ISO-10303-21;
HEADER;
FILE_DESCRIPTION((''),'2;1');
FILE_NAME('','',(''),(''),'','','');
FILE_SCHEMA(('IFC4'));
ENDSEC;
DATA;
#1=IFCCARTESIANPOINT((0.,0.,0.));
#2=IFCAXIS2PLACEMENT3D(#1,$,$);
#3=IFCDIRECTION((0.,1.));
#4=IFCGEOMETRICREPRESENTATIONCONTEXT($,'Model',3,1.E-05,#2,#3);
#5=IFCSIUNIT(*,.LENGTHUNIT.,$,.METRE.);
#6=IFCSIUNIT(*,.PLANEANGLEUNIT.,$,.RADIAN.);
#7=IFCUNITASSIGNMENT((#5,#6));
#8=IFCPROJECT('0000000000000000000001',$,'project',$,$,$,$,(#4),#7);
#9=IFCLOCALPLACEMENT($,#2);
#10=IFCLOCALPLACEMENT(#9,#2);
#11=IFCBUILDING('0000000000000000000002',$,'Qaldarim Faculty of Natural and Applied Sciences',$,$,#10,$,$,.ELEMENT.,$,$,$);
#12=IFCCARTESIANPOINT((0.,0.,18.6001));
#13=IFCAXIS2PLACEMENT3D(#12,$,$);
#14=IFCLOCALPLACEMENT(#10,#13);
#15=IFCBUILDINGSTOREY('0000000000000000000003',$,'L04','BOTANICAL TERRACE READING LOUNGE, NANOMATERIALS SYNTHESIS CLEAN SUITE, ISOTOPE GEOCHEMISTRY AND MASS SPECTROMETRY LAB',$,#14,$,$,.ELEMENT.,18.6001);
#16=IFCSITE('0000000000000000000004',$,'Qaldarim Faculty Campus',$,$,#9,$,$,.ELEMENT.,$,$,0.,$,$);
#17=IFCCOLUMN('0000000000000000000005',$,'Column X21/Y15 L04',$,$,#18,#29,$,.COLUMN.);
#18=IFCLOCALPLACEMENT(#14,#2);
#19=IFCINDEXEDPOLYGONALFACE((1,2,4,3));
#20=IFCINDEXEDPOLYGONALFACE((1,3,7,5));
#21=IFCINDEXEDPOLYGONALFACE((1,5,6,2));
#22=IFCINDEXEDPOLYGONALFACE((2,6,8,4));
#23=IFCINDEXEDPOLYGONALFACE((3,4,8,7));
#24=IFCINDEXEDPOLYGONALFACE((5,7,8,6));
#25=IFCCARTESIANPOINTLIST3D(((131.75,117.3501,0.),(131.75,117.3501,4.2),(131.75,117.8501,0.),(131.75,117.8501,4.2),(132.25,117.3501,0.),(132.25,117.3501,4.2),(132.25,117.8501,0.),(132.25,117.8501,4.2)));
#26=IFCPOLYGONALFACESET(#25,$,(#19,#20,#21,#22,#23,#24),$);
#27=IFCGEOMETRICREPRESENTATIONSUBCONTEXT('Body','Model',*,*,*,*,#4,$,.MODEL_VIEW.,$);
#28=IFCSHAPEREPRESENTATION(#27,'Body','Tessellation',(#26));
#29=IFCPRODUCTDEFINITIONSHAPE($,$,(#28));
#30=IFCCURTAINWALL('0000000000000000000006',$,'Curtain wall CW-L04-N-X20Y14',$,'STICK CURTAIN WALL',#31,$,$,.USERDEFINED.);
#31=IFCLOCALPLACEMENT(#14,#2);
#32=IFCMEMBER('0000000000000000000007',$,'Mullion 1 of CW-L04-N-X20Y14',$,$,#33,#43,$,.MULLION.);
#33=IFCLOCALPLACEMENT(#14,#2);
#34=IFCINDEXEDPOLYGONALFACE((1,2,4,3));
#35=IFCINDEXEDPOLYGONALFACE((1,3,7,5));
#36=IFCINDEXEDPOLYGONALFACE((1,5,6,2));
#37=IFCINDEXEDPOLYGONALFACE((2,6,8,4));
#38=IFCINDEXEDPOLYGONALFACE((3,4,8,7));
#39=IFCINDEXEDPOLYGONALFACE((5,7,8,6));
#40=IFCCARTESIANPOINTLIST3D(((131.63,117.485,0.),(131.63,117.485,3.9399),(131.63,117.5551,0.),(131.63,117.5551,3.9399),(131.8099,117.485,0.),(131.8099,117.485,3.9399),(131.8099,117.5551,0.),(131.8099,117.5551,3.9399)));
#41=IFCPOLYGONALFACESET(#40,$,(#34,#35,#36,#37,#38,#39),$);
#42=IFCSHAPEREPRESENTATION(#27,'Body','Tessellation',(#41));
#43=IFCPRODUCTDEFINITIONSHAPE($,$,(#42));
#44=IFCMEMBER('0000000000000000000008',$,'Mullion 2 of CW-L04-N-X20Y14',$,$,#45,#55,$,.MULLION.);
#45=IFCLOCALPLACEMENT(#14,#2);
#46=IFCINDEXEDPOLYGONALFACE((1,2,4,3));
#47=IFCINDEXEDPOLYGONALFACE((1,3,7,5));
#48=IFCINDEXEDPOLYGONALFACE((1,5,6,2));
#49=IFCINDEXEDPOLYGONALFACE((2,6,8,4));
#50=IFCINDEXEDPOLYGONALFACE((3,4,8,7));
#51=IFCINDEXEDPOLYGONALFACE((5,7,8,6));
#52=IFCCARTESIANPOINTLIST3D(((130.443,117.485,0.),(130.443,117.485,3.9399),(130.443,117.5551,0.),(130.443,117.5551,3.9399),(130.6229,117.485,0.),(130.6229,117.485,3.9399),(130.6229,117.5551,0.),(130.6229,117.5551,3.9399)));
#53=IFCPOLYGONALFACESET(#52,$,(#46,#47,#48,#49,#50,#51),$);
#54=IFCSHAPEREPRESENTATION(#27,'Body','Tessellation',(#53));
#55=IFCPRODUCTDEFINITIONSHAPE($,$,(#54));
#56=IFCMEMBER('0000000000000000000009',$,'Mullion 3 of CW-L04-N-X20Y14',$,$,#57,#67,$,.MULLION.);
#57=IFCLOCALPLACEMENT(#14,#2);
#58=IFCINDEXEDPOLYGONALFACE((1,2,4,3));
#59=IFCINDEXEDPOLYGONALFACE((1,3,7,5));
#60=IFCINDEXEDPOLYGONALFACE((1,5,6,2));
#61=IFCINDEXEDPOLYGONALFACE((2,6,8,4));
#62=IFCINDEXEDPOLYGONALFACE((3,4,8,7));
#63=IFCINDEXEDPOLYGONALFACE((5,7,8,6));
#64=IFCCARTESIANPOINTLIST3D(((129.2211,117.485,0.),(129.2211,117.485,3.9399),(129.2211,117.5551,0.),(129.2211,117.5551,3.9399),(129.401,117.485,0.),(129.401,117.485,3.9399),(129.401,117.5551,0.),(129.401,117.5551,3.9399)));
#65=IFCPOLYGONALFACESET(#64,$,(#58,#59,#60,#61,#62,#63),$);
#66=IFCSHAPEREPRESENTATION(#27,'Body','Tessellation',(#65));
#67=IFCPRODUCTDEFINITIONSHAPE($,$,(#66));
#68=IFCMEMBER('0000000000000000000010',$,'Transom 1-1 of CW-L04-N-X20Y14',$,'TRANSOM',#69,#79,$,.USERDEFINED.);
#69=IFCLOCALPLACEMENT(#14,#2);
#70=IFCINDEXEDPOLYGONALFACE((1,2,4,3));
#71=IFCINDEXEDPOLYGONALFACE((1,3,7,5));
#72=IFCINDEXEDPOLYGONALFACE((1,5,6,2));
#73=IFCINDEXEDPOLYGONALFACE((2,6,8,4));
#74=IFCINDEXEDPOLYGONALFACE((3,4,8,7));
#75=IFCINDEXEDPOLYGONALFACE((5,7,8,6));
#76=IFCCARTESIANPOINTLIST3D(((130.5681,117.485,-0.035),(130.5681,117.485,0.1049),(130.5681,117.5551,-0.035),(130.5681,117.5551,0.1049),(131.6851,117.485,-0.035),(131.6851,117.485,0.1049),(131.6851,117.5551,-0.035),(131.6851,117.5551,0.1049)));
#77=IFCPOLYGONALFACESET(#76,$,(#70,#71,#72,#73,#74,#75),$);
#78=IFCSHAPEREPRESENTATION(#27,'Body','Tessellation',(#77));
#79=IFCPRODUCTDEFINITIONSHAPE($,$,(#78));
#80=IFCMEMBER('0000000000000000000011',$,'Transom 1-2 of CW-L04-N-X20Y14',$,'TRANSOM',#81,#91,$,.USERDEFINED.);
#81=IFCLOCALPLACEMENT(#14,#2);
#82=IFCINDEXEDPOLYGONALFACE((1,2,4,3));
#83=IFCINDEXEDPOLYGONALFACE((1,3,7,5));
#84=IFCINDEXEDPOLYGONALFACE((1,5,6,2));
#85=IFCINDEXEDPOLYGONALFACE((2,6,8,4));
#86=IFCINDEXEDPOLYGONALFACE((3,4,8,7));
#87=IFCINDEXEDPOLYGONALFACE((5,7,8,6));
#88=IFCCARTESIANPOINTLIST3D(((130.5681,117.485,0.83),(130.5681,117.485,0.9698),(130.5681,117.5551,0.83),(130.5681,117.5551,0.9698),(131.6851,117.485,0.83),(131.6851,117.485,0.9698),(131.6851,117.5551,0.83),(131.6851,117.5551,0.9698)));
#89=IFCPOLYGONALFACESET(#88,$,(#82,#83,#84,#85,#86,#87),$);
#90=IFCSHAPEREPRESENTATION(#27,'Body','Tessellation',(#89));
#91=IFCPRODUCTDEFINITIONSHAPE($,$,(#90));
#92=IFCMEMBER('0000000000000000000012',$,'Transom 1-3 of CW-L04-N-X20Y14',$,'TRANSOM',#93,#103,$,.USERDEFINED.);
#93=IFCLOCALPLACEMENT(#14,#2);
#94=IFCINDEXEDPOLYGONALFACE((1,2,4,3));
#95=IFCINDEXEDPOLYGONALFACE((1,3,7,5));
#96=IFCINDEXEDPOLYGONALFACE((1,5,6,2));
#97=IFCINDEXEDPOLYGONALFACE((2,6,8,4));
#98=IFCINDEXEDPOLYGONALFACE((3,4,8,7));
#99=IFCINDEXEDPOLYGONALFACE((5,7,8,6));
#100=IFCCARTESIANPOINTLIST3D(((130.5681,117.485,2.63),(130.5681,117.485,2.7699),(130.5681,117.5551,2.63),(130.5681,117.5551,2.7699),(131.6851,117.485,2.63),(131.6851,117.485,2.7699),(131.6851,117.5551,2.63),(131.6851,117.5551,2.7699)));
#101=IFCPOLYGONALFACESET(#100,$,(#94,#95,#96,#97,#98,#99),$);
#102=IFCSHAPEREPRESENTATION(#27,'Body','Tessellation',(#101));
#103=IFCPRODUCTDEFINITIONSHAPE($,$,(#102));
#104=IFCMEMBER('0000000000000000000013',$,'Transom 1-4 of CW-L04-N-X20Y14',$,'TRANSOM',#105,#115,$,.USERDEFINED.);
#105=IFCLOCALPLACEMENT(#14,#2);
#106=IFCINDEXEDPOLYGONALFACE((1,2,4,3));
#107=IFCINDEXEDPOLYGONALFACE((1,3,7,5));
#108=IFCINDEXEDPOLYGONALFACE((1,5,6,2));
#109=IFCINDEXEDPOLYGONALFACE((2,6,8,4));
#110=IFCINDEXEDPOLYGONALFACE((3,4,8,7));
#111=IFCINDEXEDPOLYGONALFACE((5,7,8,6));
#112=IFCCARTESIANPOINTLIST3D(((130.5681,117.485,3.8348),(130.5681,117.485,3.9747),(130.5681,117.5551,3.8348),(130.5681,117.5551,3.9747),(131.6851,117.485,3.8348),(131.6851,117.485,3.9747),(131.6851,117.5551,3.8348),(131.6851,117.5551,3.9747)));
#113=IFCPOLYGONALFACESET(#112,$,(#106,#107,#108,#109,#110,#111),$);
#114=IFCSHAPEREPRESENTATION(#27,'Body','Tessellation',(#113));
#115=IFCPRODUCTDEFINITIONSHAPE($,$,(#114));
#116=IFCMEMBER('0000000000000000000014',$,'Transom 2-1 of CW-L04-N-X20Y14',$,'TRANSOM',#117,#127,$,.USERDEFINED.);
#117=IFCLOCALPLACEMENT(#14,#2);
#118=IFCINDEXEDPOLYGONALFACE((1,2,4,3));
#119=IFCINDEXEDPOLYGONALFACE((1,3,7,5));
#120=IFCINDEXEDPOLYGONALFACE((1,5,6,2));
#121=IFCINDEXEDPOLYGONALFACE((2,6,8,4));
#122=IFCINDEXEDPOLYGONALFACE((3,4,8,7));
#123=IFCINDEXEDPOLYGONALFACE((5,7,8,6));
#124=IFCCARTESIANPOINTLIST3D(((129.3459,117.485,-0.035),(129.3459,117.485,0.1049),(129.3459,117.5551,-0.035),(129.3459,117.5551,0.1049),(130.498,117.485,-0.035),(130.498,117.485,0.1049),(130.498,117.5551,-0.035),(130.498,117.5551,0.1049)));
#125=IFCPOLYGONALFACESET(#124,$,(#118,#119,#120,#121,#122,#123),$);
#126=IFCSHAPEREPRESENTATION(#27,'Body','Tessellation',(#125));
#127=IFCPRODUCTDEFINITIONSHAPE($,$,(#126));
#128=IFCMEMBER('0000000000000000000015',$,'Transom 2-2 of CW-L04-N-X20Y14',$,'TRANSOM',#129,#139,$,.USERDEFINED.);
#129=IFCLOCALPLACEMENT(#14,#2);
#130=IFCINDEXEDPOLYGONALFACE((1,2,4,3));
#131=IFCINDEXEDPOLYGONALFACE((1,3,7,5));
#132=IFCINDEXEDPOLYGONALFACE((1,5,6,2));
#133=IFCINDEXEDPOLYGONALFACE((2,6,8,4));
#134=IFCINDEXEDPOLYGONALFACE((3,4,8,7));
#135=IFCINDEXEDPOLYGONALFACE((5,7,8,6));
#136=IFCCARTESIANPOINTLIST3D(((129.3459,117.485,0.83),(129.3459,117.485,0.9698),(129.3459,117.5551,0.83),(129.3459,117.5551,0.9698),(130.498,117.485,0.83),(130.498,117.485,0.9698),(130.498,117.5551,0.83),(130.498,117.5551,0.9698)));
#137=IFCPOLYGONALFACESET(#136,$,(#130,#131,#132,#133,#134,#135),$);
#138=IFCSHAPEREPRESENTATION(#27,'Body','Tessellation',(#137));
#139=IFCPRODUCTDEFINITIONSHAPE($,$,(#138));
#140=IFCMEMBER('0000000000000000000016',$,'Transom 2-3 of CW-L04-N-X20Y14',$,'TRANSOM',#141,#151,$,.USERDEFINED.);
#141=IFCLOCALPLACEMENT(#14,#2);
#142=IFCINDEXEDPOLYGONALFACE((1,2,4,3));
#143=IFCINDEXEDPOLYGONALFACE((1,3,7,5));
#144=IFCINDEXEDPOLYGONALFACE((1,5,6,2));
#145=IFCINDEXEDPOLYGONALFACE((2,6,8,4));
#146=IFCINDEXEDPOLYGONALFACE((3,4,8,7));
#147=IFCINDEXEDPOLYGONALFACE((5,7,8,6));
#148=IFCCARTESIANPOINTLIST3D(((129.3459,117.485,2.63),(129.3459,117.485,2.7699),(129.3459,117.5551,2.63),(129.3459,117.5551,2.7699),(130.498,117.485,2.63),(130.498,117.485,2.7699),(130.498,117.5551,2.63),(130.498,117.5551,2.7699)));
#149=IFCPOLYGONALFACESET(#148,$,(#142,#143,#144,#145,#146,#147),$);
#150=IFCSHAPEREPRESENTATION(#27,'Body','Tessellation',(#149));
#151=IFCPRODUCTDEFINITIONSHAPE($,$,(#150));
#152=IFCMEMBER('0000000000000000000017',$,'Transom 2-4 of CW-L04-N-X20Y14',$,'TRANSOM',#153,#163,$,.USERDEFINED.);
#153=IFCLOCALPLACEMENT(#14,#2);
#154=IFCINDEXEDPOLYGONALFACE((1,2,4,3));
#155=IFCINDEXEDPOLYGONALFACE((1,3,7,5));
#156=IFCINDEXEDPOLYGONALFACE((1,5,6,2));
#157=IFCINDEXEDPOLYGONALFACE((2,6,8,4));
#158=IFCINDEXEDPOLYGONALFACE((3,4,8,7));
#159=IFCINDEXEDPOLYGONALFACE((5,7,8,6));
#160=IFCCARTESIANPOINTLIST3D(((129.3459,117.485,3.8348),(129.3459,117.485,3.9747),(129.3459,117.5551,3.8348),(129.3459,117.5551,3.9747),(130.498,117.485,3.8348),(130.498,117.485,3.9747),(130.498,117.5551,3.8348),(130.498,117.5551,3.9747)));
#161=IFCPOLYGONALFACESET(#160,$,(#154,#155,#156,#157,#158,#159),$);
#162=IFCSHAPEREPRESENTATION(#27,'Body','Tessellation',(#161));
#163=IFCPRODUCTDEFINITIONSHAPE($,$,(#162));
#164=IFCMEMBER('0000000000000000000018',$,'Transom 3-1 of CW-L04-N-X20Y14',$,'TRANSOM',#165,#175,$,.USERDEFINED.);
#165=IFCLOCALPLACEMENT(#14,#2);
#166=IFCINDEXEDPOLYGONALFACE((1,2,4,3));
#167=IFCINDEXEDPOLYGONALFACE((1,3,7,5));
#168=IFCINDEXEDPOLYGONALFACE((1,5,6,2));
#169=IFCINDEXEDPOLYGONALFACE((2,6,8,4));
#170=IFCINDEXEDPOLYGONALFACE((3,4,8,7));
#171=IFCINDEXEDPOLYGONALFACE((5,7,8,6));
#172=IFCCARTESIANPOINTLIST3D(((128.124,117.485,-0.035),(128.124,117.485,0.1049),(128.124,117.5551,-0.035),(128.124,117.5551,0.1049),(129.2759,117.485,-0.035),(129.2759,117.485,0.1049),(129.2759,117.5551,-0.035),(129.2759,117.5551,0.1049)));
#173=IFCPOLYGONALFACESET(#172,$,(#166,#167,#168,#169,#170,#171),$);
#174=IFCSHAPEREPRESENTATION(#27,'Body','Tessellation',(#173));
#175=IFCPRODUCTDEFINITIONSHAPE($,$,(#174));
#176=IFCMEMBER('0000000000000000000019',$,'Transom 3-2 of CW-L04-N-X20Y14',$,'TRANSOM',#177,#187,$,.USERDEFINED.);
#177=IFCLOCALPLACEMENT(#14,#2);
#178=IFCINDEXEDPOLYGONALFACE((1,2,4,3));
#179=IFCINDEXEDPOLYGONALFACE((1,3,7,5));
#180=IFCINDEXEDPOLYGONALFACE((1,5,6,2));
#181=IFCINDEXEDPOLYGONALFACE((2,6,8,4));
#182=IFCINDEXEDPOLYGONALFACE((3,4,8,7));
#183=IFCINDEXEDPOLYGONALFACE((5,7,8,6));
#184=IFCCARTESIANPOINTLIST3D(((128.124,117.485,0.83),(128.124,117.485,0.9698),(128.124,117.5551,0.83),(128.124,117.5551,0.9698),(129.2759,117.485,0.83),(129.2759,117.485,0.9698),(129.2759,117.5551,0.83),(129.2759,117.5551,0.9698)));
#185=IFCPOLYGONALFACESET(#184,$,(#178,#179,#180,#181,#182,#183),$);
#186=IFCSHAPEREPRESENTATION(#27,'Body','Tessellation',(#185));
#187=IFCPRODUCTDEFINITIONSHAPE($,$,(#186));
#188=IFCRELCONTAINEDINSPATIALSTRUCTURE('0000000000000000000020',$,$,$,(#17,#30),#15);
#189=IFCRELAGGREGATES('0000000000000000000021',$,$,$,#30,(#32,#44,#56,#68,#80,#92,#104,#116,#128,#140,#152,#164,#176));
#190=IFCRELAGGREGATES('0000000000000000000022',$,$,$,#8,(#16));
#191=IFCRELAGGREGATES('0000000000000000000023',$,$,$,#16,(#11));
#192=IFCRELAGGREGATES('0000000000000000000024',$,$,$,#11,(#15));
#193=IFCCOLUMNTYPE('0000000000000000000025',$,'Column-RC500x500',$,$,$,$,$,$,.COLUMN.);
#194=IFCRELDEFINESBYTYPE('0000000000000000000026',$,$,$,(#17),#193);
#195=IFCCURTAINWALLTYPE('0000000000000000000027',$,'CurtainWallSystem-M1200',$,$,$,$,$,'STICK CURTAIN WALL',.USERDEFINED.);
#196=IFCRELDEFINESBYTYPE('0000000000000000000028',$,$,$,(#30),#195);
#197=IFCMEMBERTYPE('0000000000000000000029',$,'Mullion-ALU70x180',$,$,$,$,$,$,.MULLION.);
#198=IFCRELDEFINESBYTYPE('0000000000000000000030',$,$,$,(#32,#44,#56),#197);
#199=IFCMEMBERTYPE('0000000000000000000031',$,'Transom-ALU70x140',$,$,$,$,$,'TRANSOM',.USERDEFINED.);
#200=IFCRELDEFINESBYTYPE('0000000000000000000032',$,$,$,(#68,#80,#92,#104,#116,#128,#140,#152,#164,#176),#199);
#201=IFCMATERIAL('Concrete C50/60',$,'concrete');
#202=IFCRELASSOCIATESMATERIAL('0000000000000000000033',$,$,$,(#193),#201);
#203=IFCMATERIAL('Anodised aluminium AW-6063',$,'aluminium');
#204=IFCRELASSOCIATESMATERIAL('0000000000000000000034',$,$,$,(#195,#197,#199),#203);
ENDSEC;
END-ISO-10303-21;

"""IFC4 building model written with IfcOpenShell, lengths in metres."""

from ifc_helpers import new_model, si_unit, direction, frame, origin, origin_2d, place, context, subcontext, project, spatial, rectangle, extrude, material, material_profile, profile_set, type_object, element, aggregate, save


model = new_model("IFC4")

# Units and contexts
model_context = context("Model", 3, precision=1e-05, world=origin(), true_north=direction((0.0, 1.0)))
body_context = subcontext(model_context, "Body", "Model", "MODEL_VIEW")
ifc_project = project(units=[si_unit("LENGTHUNIT", "METRE"), si_unit("PLANEANGLEUNIT", "RADIAN")], contexts=[model_context])

# Site, building, storey
site_placement = place(None, origin())
site = spatial("IfcSite", under=ifc_project, at=site_placement, Name="Qaldarim Faculty Campus", CompositionType="ELEMENT", RefElevation=0.0)
building_placement = place(site_placement, origin())
building = spatial("IfcBuilding", under=site, at=building_placement, Name="Qaldarim Faculty of Natural and Applied Sciences", CompositionType="ELEMENT")
storey_placement = place(building_placement, frame((0.0, 0.0, 18.6001)))
storey = spatial("IfcBuildingStorey", under=building, at=storey_placement, Name="L04", Description="BOTANICAL TERRACE READING LOUNGE, NANOMATERIALS SYNTHESIS CLEAN SUITE, ISOTOPE GEOCHEMISTRY AND MASS SPECTROMETRY LAB", CompositionType="ELEMENT", Elevation=18.6001)

# Column
ifc_material_1 = material(Name="Concrete C50/60", Category="concrete")
ifc_material_profile_1 = material_profile(ifc_material_1, rectangle(XDim=0.5, YDim=0.5, at=origin_2d()), Name="RC-C500x500")
ifc_profile_set_1 = profile_set([ifc_material_profile_1], Name="Concrete C50/60")
column_type = type_object("IfcColumnType", Name="Column-RC500x500", PredefinedType="COLUMN", material=ifc_profile_set_1)
column_placement = place(storey_placement, frame((132.0, 117.6001, 0.0), z_axis=(0.0, 0.0, 1.0), x_axis=(1.0, 0.0, 0.0)))
element("IfcColumn", 1, at=column_placement, inside=storey, type_object=column_type, Name="Column X21/Y15 L04", PredefinedType="COLUMN", context=body_context, shape_type="SweptSolid", body=[
    extrude(rectangle(XDim=0.5, YDim=0.5, at=origin_2d()), origin(), (0.0, 0.0, 1.0), 4.2),
])

# Curtain wall, members
ifc_material_2 = material(Name="Anodised aluminium AW-6063", Category="aluminium")
curtain_wall_type = type_object("IfcCurtainWallType", Name="CurtainWallSystem-M1200", ElementType="STICK CURTAIN WALL", PredefinedType="USERDEFINED", material=ifc_material_2)
curtain_wall_placement = place(storey_placement, origin())
curtain_wall = element("IfcCurtainWall", 2, at=curtain_wall_placement, inside=storey, type_object=curtain_wall_type, Name="Curtain wall CW-L04-N-X20Y14", ObjectType="STICK CURTAIN WALL", PredefinedType="USERDEFINED")
ifc_material_profile_2 = material_profile(ifc_material_2, rectangle(XDim=0.0701, YDim=0.1799, at=origin_2d()), Name="ALU-M70x180")
ifc_profile_set_2 = profile_set([ifc_material_profile_2], Name="Anodised aluminium AW-6063")
member_type_1 = type_object("IfcMemberType", Name="Mullion-ALU70x180", PredefinedType="MULLION", material=ifc_profile_set_2)
member_1_placement = place(storey_placement, frame((131.72, 117.52, 0.0), z_axis=(0.0, 0.0, 1.0), x_axis=(0.0, -1.0, 0.0)))
member_1 = element("IfcMember", 3, at=member_1_placement, type_object=member_type_1, Name="Mullion 1 of CW-L04-N-X20Y14", PredefinedType="MULLION", context=body_context, shape_type="SweptSolid", body=[
    extrude(rectangle(XDim=0.0701, YDim=0.1799, at=origin_2d()), origin(), (0.0, 0.0, 1.0), 3.9399),
])
member_2_placement = place(storey_placement, frame((130.533, 117.52, 0.0), z_axis=(0.0, 0.0, 1.0), x_axis=(0.0, -1.0, 0.0)))
member_2 = element("IfcMember", 4, at=member_2_placement, type_object=member_type_1, Name="Mullion 2 of CW-L04-N-X20Y14", PredefinedType="MULLION", context=body_context, shape_type="SweptSolid", body=[
    extrude(rectangle(XDim=0.0701, YDim=0.1799, at=origin_2d()), origin(), (0.0, 0.0, 1.0), 3.9399),
])
member_3_placement = place(storey_placement, frame((129.311, 117.52, 0.0), z_axis=(0.0, 0.0, 1.0), x_axis=(0.0, -1.0, 0.0)))
member_3 = element("IfcMember", 5, at=member_3_placement, type_object=member_type_1, Name="Mullion 3 of CW-L04-N-X20Y14", PredefinedType="MULLION", context=body_context, shape_type="SweptSolid", body=[
    extrude(rectangle(XDim=0.0701, YDim=0.1799, at=origin_2d()), origin(), (0.0, 0.0, 1.0), 3.9399),
])
ifc_material_profile_3 = material_profile(ifc_material_2, rectangle(XDim=0.0701, YDim=0.1399, at=origin_2d()), Name="ALU-T70x140")
ifc_profile_set_3 = profile_set([ifc_material_profile_3], Name="Anodised aluminium AW-6063")
member_type_2 = type_object("IfcMemberType", Name="Transom-ALU70x140", ElementType="TRANSOM", PredefinedType="USERDEFINED", material=ifc_profile_set_3)
member_4_placement = place(storey_placement, frame((131.6851, 117.52, 0.0349), z_axis=(-1.0, 0.0, 0.0), x_axis=(0.0, -1.0, 0.0)))
member_4 = element("IfcMember", 6, at=member_4_placement, type_object=member_type_2, Name="Transom 1-1 of CW-L04-N-X20Y14", ObjectType="TRANSOM", PredefinedType="USERDEFINED", context=body_context, shape_type="SweptSolid", body=[
    extrude(rectangle(XDim=0.0701, YDim=0.1399, at=origin_2d()), origin(), (0.0, 0.0, 1.0), 1.1169),
])
member_5_placement = place(storey_placement, frame((131.6851, 117.52, 0.8999), z_axis=(-1.0, 0.0, 0.0), x_axis=(0.0, -1.0, 0.0)))
member_5 = element("IfcMember", 7, at=member_5_placement, type_object=member_type_2, Name="Transom 1-2 of CW-L04-N-X20Y14", ObjectType="TRANSOM", PredefinedType="USERDEFINED", context=body_context, shape_type="SweptSolid", body=[
    extrude(rectangle(XDim=0.0701, YDim=0.1399, at=origin_2d()), origin(), (0.0, 0.0, 1.0), 1.1169),
])
member_6_placement = place(storey_placement, frame((131.6851, 117.52, 2.7), z_axis=(-1.0, 0.0, 0.0), x_axis=(0.0, -1.0, 0.0)))
member_6 = element("IfcMember", 8, at=member_6_placement, type_object=member_type_2, Name="Transom 1-3 of CW-L04-N-X20Y14", ObjectType="TRANSOM", PredefinedType="USERDEFINED", context=body_context, shape_type="SweptSolid", body=[
    extrude(rectangle(XDim=0.0701, YDim=0.1399, at=origin_2d()), origin(), (0.0, 0.0, 1.0), 1.1169),
])
member_7_placement = place(storey_placement, frame((131.6851, 117.52, 3.9048), z_axis=(-1.0, 0.0, 0.0), x_axis=(0.0, -1.0, 0.0)))
member_7 = element("IfcMember", 9, at=member_7_placement, type_object=member_type_2, Name="Transom 1-4 of CW-L04-N-X20Y14", ObjectType="TRANSOM", PredefinedType="USERDEFINED", context=body_context, shape_type="SweptSolid", body=[
    extrude(rectangle(XDim=0.0701, YDim=0.1399, at=origin_2d()), origin(), (0.0, 0.0, 1.0), 1.1169),
])
member_8_placement = place(storey_placement, frame((130.498, 117.52, 0.0349), z_axis=(-1.0, 0.0, 0.0), x_axis=(0.0, -1.0, 0.0)))
member_8 = element("IfcMember", 10, at=member_8_placement, type_object=member_type_2, Name="Transom 2-1 of CW-L04-N-X20Y14", ObjectType="TRANSOM", PredefinedType="USERDEFINED", context=body_context, shape_type="SweptSolid", body=[
    extrude(rectangle(XDim=0.0701, YDim=0.1399, at=origin_2d()), origin(), (0.0, 0.0, 1.0), 1.1521),
])
member_9_placement = place(storey_placement, frame((130.498, 117.52, 0.8999), z_axis=(-1.0, 0.0, 0.0), x_axis=(0.0, -1.0, 0.0)))
member_9 = element("IfcMember", 11, at=member_9_placement, type_object=member_type_2, Name="Transom 2-2 of CW-L04-N-X20Y14", ObjectType="TRANSOM", PredefinedType="USERDEFINED", context=body_context, shape_type="SweptSolid", body=[
    extrude(rectangle(XDim=0.0701, YDim=0.1399, at=origin_2d()), origin(), (0.0, 0.0, 1.0), 1.1521),
])
member_10_placement = place(storey_placement, frame((130.498, 117.52, 2.7), z_axis=(-1.0, 0.0, 0.0), x_axis=(0.0, -1.0, 0.0)))
member_10 = element("IfcMember", 12, at=member_10_placement, type_object=member_type_2, Name="Transom 2-3 of CW-L04-N-X20Y14", ObjectType="TRANSOM", PredefinedType="USERDEFINED", context=body_context, shape_type="SweptSolid", body=[
    extrude(rectangle(XDim=0.0701, YDim=0.1399, at=origin_2d()), origin(), (0.0, 0.0, 1.0), 1.1521),
])
member_11_placement = place(storey_placement, frame((130.498, 117.52, 3.9048), z_axis=(-1.0, 0.0, 0.0), x_axis=(0.0, -1.0, 0.0)))
member_11 = element("IfcMember", 13, at=member_11_placement, type_object=member_type_2, Name="Transom 2-4 of CW-L04-N-X20Y14", ObjectType="TRANSOM", PredefinedType="USERDEFINED", context=body_context, shape_type="SweptSolid", body=[
    extrude(rectangle(XDim=0.0701, YDim=0.1399, at=origin_2d()), origin(), (0.0, 0.0, 1.0), 1.1521),
])
member_12_placement = place(storey_placement, frame((129.2759, 117.52, 0.0349), z_axis=(-1.0, 0.0, 0.0), x_axis=(0.0, -1.0, 0.0)))
member_12 = element("IfcMember", 14, at=member_12_placement, type_object=member_type_2, Name="Transom 3-1 of CW-L04-N-X20Y14", ObjectType="TRANSOM", PredefinedType="USERDEFINED", context=body_context, shape_type="SweptSolid", body=[
    extrude(rectangle(XDim=0.0701, YDim=0.1399, at=origin_2d()), origin(), (0.0, 0.0, 1.0), 1.1519),
])
member_13_placement = place(storey_placement, frame((129.2759, 117.52, 0.8999), z_axis=(-1.0, 0.0, 0.0), x_axis=(0.0, -1.0, 0.0)))
member_13 = element("IfcMember", 15, at=member_13_placement, type_object=member_type_2, Name="Transom 3-2 of CW-L04-N-X20Y14", ObjectType="TRANSOM", PredefinedType="USERDEFINED", context=body_context, shape_type="SweptSolid", body=[
    extrude(rectangle(XDim=0.0701, YDim=0.1399, at=origin_2d()), origin(), (0.0, 0.0, 1.0), 1.1519),
])
aggregate(curtain_wall, [member_1, member_2, member_3, member_4, member_5, member_6, member_7, member_8, member_9, member_10, member_11, member_12, member_13])

save(model, "model.ifc")
